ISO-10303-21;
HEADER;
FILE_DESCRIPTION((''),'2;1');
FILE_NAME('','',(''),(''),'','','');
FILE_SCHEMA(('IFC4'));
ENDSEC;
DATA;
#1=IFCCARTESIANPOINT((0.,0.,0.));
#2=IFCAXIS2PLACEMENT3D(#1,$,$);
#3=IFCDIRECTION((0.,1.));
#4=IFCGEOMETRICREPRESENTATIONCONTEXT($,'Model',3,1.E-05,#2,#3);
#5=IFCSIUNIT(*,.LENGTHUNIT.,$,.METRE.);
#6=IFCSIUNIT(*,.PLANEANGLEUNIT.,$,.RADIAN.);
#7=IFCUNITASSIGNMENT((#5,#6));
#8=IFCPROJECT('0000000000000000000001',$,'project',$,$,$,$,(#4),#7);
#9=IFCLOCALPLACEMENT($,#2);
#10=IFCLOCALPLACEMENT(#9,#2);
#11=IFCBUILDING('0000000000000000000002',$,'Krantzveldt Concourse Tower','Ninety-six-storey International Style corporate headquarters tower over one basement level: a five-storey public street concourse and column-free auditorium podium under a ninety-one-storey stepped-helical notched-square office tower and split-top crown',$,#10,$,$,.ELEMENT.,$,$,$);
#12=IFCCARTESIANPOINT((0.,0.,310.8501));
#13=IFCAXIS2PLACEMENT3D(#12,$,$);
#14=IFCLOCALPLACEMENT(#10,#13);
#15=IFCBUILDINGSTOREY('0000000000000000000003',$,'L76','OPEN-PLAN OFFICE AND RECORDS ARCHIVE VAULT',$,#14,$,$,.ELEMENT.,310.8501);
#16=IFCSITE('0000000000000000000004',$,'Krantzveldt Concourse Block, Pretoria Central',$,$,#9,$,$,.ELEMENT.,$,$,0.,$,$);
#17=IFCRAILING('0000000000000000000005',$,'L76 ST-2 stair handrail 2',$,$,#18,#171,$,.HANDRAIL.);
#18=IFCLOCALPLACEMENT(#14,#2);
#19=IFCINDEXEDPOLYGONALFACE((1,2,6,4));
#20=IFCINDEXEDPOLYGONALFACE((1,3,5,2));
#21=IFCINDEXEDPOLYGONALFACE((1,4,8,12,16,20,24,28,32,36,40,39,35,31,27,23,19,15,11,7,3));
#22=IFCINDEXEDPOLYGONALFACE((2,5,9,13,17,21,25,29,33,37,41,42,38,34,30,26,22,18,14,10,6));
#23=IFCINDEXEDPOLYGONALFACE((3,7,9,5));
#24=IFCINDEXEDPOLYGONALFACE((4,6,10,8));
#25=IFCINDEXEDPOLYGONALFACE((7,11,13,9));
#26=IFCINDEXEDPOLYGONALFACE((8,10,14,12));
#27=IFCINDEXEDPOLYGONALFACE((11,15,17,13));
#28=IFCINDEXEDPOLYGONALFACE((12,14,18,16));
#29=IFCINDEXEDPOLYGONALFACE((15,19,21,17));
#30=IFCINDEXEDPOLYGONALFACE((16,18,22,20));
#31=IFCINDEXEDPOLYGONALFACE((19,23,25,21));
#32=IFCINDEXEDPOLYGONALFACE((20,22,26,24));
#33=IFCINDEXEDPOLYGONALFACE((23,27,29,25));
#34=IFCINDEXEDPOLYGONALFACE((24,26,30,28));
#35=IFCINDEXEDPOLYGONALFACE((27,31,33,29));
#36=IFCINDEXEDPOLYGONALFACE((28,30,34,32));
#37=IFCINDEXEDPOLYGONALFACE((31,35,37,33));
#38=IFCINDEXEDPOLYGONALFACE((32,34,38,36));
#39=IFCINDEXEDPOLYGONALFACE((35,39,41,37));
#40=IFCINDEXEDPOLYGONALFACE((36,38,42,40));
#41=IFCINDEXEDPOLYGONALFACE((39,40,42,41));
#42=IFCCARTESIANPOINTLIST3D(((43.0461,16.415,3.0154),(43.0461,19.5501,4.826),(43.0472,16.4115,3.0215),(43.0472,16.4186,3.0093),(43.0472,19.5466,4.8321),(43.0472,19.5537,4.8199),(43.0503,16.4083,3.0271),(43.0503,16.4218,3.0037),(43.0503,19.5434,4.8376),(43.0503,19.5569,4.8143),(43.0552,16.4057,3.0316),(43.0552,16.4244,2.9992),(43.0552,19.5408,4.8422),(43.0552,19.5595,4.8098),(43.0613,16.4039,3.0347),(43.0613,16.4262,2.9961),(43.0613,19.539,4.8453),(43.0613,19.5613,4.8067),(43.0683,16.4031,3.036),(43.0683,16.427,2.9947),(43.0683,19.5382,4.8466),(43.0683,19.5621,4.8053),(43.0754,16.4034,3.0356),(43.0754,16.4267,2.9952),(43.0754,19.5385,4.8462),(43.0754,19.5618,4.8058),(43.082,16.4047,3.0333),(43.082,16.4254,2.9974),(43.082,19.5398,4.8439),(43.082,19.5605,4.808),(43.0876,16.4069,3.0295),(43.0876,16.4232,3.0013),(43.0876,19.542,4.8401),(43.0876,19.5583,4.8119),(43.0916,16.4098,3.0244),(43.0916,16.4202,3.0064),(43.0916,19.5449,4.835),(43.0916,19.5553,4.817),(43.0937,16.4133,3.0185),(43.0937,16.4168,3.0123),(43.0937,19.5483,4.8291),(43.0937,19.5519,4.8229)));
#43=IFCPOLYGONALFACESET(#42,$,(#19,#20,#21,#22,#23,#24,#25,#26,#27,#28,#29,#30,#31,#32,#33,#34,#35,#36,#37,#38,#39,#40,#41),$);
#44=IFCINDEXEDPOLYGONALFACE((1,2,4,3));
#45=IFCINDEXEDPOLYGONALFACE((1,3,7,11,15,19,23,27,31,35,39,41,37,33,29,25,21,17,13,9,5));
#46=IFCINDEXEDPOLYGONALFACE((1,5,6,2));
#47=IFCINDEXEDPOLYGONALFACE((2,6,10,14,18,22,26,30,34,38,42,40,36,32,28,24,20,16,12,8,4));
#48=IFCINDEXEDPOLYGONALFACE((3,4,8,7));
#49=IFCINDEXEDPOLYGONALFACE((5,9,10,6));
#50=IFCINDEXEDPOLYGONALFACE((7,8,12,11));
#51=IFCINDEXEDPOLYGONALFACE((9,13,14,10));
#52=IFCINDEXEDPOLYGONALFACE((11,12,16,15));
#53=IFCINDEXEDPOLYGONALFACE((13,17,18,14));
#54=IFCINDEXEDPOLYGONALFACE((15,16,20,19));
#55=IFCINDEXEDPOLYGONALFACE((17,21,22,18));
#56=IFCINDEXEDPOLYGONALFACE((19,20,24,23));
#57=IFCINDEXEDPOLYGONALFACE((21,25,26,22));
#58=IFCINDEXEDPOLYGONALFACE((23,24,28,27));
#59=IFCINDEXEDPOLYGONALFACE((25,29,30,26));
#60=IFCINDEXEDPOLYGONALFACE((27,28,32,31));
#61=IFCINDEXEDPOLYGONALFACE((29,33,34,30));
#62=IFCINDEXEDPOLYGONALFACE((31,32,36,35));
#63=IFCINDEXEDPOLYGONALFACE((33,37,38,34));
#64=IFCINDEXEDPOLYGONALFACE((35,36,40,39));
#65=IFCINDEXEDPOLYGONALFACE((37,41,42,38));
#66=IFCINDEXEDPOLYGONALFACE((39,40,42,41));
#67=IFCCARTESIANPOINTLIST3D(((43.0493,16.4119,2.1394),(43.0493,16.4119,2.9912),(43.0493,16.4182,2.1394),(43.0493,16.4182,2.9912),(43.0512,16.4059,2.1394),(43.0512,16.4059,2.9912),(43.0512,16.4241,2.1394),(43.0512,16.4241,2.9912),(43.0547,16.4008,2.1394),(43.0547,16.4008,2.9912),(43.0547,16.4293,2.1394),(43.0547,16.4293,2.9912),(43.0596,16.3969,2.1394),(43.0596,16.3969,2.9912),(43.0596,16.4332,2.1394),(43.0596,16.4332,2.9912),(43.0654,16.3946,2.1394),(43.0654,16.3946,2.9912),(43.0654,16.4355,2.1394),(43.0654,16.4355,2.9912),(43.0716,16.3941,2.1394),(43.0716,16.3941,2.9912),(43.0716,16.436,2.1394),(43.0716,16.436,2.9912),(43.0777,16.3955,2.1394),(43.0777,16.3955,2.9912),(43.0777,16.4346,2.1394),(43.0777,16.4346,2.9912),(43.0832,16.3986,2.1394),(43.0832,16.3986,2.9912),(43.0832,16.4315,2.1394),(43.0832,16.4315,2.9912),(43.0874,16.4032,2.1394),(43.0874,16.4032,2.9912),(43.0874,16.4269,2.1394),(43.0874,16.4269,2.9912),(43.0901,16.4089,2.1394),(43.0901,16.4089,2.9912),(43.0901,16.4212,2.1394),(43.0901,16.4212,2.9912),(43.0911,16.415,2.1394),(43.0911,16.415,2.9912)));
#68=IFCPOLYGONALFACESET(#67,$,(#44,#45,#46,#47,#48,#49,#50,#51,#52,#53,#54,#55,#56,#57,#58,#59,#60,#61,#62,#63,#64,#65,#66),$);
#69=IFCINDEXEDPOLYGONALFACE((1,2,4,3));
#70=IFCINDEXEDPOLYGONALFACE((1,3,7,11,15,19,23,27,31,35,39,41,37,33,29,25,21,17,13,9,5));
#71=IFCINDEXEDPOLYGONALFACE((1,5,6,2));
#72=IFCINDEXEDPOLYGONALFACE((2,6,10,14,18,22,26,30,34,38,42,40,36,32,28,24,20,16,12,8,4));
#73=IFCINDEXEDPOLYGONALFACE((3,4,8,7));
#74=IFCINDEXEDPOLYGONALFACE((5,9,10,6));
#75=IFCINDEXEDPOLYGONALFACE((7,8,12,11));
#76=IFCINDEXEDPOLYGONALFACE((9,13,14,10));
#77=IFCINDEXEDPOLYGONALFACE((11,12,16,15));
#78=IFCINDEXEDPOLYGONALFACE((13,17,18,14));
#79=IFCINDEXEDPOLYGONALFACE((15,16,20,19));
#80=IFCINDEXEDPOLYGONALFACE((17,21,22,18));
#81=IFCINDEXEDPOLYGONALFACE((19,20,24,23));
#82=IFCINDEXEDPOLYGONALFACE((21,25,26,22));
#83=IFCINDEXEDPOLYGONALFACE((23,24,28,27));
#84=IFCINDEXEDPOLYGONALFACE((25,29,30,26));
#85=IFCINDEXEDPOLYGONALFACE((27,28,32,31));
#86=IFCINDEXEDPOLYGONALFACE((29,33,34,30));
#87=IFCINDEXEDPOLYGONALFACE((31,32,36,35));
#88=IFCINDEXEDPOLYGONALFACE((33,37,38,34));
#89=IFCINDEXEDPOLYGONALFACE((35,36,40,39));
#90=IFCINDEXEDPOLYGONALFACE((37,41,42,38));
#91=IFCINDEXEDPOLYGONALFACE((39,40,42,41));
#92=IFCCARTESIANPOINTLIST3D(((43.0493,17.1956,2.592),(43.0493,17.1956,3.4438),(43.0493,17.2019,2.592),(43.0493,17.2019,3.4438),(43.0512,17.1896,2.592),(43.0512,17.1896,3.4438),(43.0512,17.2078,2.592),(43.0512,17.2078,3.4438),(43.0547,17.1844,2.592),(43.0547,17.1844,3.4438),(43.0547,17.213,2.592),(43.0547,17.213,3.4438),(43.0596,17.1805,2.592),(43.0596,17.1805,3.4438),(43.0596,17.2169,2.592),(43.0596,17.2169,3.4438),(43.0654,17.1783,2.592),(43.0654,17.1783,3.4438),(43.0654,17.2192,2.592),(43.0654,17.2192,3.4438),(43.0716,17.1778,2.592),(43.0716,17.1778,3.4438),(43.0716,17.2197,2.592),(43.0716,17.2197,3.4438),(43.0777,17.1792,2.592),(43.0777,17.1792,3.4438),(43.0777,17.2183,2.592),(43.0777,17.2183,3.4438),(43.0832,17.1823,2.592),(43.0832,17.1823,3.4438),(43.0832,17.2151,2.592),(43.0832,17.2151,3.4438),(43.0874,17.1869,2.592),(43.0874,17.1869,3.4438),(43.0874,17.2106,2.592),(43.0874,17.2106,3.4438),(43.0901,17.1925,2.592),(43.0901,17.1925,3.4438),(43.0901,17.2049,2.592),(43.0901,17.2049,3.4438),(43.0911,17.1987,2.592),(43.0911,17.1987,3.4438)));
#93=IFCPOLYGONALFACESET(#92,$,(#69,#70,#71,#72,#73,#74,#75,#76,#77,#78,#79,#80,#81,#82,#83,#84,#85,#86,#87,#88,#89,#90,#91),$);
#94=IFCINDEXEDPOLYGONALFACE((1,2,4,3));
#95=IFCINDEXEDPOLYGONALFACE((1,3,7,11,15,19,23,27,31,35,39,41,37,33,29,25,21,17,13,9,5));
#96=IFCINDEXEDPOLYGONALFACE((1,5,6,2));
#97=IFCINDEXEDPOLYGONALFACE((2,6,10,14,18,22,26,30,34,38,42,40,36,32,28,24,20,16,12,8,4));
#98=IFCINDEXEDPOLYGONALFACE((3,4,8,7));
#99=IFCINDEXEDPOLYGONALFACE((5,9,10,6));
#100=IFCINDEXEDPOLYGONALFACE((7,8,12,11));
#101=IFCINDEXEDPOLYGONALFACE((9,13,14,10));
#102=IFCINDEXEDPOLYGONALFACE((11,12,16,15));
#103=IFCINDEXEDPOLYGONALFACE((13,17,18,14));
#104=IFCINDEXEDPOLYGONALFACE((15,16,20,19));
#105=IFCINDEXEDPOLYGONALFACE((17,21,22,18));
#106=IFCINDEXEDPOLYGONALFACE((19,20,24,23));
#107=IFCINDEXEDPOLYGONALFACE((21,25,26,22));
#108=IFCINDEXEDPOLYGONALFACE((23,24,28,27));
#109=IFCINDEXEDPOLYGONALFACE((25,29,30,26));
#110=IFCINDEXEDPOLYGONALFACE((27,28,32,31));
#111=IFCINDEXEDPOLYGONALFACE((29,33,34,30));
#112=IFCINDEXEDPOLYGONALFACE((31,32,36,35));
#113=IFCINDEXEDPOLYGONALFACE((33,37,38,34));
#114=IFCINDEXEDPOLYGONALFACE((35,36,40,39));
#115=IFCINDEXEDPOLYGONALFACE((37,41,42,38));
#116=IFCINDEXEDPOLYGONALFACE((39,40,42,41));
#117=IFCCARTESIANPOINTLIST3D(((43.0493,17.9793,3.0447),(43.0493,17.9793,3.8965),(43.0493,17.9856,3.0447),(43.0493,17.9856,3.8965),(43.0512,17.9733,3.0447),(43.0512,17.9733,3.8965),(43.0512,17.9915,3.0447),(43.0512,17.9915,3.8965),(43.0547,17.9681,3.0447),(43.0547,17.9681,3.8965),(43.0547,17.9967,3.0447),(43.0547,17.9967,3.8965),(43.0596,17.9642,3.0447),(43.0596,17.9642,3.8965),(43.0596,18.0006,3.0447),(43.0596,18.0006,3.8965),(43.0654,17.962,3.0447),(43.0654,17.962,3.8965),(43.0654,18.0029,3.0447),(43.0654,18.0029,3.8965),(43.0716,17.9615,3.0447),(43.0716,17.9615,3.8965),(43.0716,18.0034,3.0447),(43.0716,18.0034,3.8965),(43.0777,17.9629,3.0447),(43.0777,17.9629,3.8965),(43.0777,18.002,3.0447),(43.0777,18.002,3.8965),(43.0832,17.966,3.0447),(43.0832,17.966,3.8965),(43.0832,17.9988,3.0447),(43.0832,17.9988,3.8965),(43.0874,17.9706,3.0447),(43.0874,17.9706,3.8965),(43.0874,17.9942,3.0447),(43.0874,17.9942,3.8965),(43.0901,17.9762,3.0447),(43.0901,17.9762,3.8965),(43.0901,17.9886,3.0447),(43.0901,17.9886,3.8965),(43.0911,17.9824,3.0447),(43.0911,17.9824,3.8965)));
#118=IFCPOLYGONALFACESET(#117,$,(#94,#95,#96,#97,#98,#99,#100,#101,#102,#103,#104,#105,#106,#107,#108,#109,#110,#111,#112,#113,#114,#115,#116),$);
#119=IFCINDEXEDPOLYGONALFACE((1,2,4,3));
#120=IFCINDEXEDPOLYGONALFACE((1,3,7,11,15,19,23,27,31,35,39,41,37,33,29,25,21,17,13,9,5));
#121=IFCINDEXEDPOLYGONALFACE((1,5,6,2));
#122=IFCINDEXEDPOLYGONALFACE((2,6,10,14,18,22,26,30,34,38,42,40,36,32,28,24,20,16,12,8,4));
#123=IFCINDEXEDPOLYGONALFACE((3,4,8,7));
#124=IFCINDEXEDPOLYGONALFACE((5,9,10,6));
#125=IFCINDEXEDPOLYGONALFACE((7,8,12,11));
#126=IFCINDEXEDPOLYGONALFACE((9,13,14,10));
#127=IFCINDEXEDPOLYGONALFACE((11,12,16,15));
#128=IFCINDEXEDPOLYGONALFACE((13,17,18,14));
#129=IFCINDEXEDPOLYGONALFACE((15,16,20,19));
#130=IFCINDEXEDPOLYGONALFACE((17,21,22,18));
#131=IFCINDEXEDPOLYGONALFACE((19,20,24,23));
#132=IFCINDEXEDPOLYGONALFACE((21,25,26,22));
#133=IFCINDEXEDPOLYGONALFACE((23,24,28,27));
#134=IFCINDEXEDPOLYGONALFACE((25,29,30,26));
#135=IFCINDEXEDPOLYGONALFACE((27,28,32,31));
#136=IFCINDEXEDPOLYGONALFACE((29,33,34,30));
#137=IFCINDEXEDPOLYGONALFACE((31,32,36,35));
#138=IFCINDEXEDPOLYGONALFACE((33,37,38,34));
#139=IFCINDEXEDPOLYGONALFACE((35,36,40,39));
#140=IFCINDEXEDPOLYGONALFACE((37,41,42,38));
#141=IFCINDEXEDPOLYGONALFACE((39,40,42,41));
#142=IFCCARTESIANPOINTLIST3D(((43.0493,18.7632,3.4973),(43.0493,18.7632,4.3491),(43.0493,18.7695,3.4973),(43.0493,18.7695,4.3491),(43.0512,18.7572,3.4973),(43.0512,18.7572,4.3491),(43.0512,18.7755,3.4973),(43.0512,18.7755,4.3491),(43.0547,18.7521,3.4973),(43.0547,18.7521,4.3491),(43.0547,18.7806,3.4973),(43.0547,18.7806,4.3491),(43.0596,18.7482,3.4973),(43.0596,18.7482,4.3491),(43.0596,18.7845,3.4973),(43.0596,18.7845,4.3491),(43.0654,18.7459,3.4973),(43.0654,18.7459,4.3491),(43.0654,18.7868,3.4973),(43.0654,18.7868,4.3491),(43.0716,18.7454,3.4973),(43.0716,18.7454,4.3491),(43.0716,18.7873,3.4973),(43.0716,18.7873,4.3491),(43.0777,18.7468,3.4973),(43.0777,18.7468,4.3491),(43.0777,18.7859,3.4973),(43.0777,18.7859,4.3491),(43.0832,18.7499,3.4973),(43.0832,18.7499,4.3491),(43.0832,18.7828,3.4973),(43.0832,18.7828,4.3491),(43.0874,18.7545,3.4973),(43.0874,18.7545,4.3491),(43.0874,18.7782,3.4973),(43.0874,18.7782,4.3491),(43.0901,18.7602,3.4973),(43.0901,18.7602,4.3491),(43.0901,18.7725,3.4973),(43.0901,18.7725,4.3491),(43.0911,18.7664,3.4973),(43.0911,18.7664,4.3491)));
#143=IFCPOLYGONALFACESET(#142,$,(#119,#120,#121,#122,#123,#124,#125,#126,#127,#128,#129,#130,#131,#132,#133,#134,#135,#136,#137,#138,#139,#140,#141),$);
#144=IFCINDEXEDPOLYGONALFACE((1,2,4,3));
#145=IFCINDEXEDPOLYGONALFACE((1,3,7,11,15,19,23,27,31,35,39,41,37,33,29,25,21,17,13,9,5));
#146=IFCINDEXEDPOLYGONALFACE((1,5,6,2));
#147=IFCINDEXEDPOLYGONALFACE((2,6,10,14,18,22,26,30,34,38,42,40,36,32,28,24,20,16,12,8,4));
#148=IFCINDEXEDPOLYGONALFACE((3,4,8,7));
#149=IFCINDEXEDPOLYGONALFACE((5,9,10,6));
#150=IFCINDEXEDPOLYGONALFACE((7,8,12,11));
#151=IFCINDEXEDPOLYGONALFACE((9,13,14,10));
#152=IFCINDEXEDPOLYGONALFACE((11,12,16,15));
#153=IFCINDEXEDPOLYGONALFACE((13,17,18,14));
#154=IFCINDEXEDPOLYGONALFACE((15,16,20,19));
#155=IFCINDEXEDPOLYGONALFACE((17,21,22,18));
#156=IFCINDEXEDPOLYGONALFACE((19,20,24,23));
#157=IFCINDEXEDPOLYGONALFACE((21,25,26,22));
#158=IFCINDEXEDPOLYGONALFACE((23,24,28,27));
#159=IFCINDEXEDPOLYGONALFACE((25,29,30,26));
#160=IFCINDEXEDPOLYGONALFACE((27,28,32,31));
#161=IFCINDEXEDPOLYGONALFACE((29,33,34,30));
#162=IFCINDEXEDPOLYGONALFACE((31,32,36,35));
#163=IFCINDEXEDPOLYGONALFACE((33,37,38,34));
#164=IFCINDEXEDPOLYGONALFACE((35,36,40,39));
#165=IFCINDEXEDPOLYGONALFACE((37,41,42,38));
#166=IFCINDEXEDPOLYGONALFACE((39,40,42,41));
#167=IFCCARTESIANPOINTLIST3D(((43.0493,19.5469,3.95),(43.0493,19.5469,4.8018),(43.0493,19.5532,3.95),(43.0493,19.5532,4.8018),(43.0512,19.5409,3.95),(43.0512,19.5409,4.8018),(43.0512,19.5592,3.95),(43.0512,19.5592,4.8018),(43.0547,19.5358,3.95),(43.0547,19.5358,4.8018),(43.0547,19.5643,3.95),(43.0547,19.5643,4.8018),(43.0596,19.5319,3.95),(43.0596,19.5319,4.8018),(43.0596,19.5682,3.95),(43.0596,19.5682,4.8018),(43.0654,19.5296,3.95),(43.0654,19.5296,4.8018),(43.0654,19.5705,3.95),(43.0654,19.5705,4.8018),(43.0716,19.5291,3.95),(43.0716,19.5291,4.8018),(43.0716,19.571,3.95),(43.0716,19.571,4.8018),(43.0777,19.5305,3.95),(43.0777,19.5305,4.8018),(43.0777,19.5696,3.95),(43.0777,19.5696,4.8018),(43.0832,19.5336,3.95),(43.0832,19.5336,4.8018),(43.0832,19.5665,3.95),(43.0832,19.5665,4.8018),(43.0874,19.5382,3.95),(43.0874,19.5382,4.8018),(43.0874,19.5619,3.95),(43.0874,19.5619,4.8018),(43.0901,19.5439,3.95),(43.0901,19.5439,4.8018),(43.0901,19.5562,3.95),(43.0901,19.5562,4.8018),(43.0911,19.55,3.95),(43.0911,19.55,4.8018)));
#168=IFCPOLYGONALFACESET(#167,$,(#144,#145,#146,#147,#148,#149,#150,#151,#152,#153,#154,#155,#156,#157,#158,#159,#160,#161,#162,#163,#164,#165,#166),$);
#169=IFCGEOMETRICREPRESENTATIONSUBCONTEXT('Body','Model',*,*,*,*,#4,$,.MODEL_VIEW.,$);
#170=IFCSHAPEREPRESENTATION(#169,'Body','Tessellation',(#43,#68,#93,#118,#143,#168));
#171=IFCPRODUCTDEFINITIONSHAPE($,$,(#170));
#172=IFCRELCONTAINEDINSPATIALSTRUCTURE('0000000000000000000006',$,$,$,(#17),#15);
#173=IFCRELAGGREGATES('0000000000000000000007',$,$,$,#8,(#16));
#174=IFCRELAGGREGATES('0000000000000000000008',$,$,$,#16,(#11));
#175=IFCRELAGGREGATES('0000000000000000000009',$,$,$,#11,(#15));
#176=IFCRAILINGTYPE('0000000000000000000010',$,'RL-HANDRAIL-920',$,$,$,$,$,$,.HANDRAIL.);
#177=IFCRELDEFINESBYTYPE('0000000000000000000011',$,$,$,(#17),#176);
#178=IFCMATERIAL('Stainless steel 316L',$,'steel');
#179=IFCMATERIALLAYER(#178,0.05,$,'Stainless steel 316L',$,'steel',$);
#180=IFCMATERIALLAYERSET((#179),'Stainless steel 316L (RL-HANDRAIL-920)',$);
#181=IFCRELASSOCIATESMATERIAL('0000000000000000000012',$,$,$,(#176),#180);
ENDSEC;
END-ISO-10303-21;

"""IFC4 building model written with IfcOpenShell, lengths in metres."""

from ifc_helpers import new_model, si_unit, direction, frame, origin, origin_2d, place, context, subcontext, project, spatial, circle, extrude, material, layer, layer_set, type_object, element, save


model = new_model("IFC4")

# Units and contexts
model_context = context("Model", 3, precision=1e-05, world=origin(), true_north=direction((0.0, 1.0)))
body_context = subcontext(model_context, "Body", "Model", "MODEL_VIEW")
ifc_project = project(units=[si_unit("LENGTHUNIT", "METRE"), si_unit("PLANEANGLEUNIT", "RADIAN")], contexts=[model_context])

# Site, building, storey
site_placement = place(None, origin())
site = spatial("IfcSite", under=ifc_project, at=site_placement, Name="Krantzveldt Concourse Block, Pretoria Central", CompositionType="ELEMENT", RefElevation=0.0)
building_placement = place(site_placement, origin())
building = spatial("IfcBuilding", under=site, at=building_placement, Name="Krantzveldt Concourse Tower", Description="Ninety-six-storey International Style corporate headquarters tower over one basement level: a five-storey public street concourse and column-free auditorium podium under a ninety-one-storey stepped-helical notched-square office tower and split-top crown", CompositionType="ELEMENT")
storey_placement = place(building_placement, frame((0.0, 0.0, 310.8501)))
storey = spatial("IfcBuildingStorey", under=building, at=storey_placement, Name="L76", Description="OPEN-PLAN OFFICE AND RECORDS ARCHIVE VAULT", CompositionType="ELEMENT", Elevation=310.8501)

# Railing
ifc_material_1 = material(Name="Stainless steel 316L", Category="steel")
ifc_layer_1 = layer(ifc_material_1, 0.05, Name="Stainless steel 316L", Category="steel")
ifc_layer_set_1 = layer_set([ifc_layer_1], Name="Stainless steel 316L (RL-HANDRAIL-920)")
railing_type = type_object("IfcRailingType", Name="RL-HANDRAIL-920", PredefinedType="HANDRAIL", material=ifc_layer_set_1)
railing_placement = place(storey_placement, frame((43.0701, 16.415, 2.1394)))
element("IfcRailing", 1, at=railing_placement, inside=storey, type_object=railing_type, Name="L76 ST-2 stair handrail 2", PredefinedType="HANDRAIL", context=body_context, shape_type="SweptSolid", body=[
    extrude(circle(Radius=0.0239, at=origin_2d()), frame((0.0, 0.0, 0.876), z_axis=(0.0, 0.86596, 0.500114), x_axis=(-1.0, 0.0, 0.0)), (0.0, 0.0, 1.0), 3.6204),
    extrude(circle(Radius=0.021, at=origin_2d()), origin(), (0.0, 0.0, 1.0), 0.8518),
    extrude(circle(Radius=0.021, at=origin_2d()), frame((0.0, 0.7837, 0.4526)), (0.0, 0.0, 1.0), 0.8518),
    extrude(circle(Radius=0.021, at=origin_2d()), frame((0.0, 1.5674, 0.9053)), (0.0, 0.0, 1.0), 0.8518),
    extrude(circle(Radius=0.021, at=origin_2d()), frame((0.0, 2.3513, 1.3579)), (0.0, 0.0, 1.0), 0.8518),
    extrude(circle(Radius=0.021, at=origin_2d()), frame((0.0, 3.135, 1.8105)), (0.0, 0.0, 1.0), 0.8518),
])

save(model, "model.ifc")
